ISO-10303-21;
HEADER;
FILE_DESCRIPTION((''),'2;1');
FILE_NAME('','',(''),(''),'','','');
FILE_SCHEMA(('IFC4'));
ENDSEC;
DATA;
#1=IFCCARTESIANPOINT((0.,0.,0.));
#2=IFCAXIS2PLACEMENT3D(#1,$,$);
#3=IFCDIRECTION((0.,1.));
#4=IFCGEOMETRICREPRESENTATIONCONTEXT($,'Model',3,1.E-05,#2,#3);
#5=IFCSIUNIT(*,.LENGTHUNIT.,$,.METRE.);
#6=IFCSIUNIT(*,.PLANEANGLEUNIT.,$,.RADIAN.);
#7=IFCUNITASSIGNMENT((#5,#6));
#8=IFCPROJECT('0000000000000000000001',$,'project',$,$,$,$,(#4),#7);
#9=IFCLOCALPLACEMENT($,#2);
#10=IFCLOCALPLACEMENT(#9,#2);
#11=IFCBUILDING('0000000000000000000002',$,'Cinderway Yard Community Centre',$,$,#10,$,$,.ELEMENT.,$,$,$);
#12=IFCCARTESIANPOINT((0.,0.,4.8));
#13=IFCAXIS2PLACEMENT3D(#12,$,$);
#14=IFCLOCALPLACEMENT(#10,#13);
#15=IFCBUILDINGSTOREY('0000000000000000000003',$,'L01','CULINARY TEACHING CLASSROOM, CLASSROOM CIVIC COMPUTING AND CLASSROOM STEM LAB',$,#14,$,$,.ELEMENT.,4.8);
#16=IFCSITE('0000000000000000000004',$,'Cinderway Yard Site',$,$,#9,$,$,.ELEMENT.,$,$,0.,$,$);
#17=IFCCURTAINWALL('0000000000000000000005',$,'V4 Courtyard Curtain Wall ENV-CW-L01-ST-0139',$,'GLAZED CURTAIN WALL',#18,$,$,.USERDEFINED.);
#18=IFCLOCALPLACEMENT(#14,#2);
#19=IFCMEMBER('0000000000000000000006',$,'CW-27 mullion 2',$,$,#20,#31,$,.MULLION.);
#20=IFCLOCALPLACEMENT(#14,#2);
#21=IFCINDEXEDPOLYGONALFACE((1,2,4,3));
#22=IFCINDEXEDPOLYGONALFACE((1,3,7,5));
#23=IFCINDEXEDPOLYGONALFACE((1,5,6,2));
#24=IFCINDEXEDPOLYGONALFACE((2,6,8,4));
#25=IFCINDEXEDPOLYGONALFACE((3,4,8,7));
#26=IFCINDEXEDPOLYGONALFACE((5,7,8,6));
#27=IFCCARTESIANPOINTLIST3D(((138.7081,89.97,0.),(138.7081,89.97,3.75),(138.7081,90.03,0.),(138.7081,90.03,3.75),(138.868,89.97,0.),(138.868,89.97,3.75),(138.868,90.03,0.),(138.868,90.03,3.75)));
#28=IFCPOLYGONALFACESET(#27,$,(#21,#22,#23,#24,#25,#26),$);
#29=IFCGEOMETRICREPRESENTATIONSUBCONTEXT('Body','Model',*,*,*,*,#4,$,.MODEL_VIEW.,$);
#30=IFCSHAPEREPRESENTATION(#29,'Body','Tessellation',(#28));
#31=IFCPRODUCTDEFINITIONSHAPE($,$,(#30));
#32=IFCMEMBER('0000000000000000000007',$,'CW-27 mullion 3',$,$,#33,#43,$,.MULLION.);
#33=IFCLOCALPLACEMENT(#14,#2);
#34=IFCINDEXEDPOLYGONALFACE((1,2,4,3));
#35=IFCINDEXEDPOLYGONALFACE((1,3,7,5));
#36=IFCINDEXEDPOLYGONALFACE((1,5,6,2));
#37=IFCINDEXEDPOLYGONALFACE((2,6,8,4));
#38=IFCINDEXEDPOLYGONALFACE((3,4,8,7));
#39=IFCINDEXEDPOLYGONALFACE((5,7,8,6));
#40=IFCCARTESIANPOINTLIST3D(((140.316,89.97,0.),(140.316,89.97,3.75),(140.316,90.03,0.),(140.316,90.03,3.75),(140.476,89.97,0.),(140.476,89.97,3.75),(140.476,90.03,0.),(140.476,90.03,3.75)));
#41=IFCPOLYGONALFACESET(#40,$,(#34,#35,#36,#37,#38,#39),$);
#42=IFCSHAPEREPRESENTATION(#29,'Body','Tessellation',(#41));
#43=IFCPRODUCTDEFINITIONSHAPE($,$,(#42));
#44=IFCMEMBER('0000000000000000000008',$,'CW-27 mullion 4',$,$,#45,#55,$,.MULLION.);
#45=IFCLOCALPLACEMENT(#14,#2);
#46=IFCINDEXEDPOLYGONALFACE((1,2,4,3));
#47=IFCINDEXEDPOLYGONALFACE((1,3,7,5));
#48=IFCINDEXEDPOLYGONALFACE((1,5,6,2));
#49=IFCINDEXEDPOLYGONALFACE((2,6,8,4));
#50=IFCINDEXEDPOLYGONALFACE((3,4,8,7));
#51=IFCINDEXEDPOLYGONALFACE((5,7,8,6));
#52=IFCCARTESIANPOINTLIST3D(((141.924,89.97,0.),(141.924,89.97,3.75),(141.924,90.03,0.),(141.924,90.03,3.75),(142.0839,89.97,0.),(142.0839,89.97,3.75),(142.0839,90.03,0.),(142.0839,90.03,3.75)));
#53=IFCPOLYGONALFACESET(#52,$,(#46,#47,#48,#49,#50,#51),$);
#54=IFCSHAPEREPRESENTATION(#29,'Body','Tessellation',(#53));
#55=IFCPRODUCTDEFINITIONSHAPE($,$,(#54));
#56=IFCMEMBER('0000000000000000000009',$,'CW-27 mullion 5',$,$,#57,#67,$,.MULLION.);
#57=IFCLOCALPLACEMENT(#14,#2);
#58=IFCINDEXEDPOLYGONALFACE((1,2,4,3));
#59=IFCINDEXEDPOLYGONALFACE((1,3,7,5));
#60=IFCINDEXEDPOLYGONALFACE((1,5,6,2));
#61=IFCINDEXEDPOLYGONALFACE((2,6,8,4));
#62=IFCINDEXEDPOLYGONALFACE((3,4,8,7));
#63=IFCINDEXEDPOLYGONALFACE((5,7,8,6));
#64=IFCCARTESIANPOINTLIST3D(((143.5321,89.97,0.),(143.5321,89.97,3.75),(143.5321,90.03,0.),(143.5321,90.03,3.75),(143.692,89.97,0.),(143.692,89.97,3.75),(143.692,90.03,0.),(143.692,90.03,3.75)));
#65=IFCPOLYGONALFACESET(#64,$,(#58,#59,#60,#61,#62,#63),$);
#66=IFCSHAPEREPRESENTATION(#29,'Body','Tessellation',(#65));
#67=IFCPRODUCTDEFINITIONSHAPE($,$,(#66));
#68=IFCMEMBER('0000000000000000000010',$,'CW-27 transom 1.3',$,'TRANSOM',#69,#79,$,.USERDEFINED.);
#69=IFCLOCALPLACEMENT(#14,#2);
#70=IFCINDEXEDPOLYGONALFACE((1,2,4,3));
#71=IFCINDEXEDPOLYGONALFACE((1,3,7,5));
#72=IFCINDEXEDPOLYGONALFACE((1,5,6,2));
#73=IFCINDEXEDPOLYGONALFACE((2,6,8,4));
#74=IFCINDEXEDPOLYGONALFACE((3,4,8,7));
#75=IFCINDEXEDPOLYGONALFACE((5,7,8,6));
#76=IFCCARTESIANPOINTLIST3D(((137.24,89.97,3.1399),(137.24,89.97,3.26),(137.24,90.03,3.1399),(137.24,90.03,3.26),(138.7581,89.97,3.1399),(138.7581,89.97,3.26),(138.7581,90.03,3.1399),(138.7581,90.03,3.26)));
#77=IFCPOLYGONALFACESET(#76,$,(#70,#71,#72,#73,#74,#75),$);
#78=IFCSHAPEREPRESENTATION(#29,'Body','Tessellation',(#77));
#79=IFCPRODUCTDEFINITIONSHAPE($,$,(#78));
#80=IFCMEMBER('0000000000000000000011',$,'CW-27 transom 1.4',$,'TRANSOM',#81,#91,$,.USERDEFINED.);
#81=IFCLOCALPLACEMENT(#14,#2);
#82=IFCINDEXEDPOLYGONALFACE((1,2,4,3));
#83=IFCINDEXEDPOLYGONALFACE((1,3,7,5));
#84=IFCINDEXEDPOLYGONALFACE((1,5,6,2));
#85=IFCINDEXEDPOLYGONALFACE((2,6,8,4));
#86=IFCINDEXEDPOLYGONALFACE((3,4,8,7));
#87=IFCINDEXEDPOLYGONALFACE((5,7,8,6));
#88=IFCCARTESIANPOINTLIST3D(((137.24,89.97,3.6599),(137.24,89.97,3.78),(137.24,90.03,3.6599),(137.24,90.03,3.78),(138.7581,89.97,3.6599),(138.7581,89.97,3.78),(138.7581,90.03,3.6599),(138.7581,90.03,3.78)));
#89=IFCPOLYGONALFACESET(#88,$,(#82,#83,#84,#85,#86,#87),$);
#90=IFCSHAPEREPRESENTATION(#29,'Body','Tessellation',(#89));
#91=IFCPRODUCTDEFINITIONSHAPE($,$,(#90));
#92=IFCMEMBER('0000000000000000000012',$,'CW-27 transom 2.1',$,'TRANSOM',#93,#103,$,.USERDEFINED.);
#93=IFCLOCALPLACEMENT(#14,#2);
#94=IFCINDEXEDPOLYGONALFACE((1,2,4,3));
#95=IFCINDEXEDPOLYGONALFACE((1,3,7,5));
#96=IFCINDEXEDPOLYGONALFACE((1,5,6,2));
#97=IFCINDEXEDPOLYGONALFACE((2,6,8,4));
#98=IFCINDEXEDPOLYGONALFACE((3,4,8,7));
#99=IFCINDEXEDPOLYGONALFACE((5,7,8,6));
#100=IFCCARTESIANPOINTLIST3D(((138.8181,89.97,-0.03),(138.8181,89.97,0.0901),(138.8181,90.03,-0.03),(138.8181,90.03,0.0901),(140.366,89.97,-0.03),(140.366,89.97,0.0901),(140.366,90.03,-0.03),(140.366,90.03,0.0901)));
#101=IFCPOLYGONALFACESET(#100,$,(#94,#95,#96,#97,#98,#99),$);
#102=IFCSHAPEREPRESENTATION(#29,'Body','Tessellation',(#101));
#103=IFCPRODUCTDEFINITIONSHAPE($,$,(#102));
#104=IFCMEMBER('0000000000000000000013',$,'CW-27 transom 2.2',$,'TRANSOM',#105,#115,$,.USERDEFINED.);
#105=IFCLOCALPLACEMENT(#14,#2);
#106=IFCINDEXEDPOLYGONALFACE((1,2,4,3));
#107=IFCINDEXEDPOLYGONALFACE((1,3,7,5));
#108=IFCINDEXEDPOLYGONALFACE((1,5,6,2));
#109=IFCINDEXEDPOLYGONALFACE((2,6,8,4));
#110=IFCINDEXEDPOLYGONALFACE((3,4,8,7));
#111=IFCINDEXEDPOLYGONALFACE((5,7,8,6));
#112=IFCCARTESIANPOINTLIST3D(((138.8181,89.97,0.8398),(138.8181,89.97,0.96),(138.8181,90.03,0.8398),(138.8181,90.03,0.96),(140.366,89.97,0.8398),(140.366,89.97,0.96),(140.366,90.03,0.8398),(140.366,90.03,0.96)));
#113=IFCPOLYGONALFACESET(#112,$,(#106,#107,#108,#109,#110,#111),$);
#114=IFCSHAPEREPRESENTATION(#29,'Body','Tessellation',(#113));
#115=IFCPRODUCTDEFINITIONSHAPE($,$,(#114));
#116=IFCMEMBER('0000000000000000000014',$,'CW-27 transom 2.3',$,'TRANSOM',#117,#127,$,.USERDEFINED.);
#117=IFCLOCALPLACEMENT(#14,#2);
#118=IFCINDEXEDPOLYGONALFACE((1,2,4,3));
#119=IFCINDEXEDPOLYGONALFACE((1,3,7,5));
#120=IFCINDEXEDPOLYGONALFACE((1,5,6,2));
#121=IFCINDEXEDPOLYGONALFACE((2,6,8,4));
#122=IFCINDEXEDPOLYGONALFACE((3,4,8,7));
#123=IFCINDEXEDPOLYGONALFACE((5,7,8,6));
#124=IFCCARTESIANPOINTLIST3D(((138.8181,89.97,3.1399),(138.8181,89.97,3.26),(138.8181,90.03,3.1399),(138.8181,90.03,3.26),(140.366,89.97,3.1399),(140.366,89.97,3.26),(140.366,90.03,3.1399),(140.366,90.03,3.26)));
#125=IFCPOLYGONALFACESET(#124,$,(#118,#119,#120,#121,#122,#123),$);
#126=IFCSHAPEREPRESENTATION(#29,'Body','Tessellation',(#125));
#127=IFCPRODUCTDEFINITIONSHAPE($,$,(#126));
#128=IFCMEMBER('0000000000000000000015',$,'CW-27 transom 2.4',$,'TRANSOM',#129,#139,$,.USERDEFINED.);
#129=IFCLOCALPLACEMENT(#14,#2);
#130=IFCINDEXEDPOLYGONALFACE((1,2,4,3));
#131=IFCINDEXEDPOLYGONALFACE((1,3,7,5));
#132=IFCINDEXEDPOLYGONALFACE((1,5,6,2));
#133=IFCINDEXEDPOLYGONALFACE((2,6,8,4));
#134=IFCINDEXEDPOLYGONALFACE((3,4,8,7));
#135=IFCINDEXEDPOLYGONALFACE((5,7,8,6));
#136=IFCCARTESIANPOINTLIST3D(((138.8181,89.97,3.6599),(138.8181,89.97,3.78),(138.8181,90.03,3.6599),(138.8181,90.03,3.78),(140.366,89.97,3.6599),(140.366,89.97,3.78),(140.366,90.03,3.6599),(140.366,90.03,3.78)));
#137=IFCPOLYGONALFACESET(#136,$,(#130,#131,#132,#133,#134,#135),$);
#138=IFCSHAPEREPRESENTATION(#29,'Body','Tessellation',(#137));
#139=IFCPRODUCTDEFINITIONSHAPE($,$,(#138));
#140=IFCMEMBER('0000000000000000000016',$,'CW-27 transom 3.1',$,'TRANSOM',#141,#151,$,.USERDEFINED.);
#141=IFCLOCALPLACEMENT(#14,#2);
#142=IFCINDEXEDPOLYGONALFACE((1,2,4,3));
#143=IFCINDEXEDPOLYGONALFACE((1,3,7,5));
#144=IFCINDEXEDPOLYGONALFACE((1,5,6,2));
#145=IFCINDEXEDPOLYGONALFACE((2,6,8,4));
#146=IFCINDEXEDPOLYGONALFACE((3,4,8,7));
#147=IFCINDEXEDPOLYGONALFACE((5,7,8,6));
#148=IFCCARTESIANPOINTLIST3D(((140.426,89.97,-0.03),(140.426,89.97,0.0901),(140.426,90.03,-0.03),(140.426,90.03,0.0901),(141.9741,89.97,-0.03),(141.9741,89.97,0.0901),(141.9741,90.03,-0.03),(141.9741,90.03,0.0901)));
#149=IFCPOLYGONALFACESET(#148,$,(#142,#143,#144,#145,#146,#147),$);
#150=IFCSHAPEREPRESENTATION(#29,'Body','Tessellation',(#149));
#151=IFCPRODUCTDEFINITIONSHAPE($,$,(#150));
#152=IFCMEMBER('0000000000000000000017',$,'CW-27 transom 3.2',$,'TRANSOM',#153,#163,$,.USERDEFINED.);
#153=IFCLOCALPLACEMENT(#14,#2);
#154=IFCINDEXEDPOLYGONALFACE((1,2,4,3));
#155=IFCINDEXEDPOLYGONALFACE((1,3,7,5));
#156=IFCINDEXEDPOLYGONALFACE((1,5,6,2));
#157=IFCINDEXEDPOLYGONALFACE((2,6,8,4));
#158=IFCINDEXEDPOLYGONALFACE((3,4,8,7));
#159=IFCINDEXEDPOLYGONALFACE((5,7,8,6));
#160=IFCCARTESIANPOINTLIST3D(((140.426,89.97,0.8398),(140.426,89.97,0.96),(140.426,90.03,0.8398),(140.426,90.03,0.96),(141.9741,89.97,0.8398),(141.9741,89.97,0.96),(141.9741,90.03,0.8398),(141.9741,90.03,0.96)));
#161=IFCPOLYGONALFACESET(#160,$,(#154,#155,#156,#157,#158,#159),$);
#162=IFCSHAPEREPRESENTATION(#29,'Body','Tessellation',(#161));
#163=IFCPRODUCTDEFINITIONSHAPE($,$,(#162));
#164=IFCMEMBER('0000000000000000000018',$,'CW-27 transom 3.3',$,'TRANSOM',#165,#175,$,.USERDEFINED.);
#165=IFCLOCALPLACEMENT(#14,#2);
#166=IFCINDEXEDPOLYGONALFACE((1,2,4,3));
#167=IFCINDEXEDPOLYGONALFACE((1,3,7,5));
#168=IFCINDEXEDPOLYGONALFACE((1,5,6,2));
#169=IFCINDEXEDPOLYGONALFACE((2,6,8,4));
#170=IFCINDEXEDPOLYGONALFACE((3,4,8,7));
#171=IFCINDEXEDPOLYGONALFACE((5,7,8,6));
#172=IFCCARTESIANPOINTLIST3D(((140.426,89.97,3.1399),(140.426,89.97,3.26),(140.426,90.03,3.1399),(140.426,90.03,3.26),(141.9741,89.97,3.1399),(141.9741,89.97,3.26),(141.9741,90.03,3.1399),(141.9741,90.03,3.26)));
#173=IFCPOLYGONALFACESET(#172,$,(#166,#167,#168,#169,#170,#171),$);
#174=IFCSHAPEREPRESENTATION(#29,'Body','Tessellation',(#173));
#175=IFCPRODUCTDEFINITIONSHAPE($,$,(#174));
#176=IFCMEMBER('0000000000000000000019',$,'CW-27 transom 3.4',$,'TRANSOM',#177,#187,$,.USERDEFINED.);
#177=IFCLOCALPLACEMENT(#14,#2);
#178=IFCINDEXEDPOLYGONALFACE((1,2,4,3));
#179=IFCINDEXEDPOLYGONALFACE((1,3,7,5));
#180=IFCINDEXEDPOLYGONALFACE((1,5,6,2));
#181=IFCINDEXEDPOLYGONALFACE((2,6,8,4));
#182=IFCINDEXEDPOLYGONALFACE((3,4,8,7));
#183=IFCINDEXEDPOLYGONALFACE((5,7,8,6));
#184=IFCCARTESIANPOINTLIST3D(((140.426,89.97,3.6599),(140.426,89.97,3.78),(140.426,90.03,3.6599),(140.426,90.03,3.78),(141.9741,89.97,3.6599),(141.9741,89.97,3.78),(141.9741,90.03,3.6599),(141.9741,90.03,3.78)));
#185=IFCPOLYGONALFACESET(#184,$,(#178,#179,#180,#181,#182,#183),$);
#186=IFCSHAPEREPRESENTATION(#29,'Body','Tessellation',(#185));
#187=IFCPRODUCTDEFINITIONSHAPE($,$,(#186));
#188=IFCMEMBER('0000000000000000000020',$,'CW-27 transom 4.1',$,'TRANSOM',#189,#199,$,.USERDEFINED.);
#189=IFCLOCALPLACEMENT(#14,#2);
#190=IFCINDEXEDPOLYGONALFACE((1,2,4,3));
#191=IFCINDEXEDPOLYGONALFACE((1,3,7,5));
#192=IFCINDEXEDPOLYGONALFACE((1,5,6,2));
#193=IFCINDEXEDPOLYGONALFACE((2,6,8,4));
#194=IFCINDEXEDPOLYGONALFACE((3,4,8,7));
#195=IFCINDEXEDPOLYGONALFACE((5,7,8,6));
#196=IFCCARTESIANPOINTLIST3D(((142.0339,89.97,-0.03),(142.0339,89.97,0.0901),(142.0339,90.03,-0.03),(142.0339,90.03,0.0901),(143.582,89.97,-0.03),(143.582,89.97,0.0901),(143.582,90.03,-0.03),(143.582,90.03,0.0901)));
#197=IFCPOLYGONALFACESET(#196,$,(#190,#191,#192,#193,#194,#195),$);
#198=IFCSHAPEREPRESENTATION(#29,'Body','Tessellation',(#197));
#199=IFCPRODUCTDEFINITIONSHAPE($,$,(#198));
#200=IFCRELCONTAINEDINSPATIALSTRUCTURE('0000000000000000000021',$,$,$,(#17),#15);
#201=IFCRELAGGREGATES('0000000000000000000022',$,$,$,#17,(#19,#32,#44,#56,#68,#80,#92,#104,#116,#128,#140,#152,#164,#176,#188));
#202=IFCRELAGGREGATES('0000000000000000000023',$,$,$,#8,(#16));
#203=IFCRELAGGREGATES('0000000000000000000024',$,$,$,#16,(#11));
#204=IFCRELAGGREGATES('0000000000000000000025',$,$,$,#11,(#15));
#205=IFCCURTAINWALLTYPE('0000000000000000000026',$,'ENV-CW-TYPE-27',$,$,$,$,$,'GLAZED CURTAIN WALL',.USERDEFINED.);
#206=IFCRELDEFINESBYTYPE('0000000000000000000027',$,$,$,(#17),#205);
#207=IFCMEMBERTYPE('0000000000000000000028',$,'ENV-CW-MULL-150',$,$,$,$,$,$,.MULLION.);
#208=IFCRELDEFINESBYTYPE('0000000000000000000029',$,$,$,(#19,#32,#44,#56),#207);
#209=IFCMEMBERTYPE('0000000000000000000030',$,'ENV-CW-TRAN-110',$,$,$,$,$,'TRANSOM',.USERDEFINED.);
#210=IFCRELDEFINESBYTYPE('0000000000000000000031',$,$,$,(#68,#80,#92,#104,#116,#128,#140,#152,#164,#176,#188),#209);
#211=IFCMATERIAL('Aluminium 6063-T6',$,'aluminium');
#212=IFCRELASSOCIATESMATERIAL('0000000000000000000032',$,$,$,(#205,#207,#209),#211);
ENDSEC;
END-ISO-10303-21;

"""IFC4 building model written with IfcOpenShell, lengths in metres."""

from ifc_helpers import new_model, si_unit, direction, frame, origin, origin_2d, place, context, subcontext, project, spatial, rectangle, extrude, material, material_profile, profile_set, type_object, element, aggregate, save


model = new_model("IFC4")

# Units and contexts
model_context = context("Model", 3, precision=1e-05, world=origin(), true_north=direction((0.0, 1.0)))
body_context = subcontext(model_context, "Body", "Model", "MODEL_VIEW")
ifc_project = project(units=[si_unit("LENGTHUNIT", "METRE"), si_unit("PLANEANGLEUNIT", "RADIAN")], contexts=[model_context])

# Site, building, storey
site_placement = place(None, origin())
site = spatial("IfcSite", under=ifc_project, at=site_placement, Name="Cinderway Yard Site", CompositionType="ELEMENT", RefElevation=0.0)
building_placement = place(site_placement, origin())
building = spatial("IfcBuilding", under=site, at=building_placement, Name="Cinderway Yard Community Centre", CompositionType="ELEMENT")
storey_placement = place(building_placement, frame((0.0, 0.0, 4.8)))
storey = spatial("IfcBuildingStorey", under=building, at=storey_placement, Name="L01", Description="CULINARY TEACHING CLASSROOM, CLASSROOM CIVIC COMPUTING AND CLASSROOM STEM LAB", CompositionType="ELEMENT", Elevation=4.8)

# Curtain wall, members
ifc_material_1 = material(Name="Aluminium 6063-T6", Category="aluminium")
curtain_wall_type = type_object("IfcCurtainWallType", Name="ENV-CW-TYPE-27", ElementType="GLAZED CURTAIN WALL", PredefinedType="USERDEFINED", material=ifc_material_1)
curtain_wall_placement = place(storey_placement, origin())
curtain_wall = element("IfcCurtainWall", 1, at=curtain_wall_placement, inside=storey, type_object=curtain_wall_type, Name="V4 Courtyard Curtain Wall ENV-CW-L01-ST-0139", ObjectType="GLAZED CURTAIN WALL", PredefinedType="USERDEFINED")
ifc_material_profile_1 = material_profile(ifc_material_1, rectangle(XDim=0.0601, YDim=0.1599, at=origin_2d()), Name="Aluminium 6063-T6")
ifc_profile_set_1 = profile_set([ifc_material_profile_1], Name="Aluminium 6063-T6")
member_type_1 = type_object("IfcMemberType", Name="ENV-CW-MULL-150", PredefinedType="MULLION", material=ifc_profile_set_1)
member_1_placement = place(storey_placement, frame((138.7881, 90.0, 0.0), z_axis=(0.0, 0.0, 1.0), x_axis=(0.0, 1.0, 0.0)))
member_1 = element("IfcMember", 2, at=member_1_placement, type_object=member_type_1, Name="CW-27 mullion 2", PredefinedType="MULLION", context=body_context, shape_type="SweptSolid", body=[
    extrude(rectangle(XDim=0.0601, YDim=0.1599, at=origin_2d()), origin(), (0.0, 0.0, 1.0), 3.75),
])
member_2_placement = place(storey_placement, frame((140.396, 90.0, 0.0), z_axis=(0.0, 0.0, 1.0), x_axis=(0.0, 1.0, 0.0)))
member_2 = element("IfcMember", 3, at=member_2_placement, type_object=member_type_1, Name="CW-27 mullion 3", PredefinedType="MULLION", context=body_context, shape_type="SweptSolid", body=[
    extrude(rectangle(XDim=0.0601, YDim=0.1599, at=origin_2d()), origin(), (0.0, 0.0, 1.0), 3.75),
])
member_3_placement = place(storey_placement, frame((142.0039, 90.0, 0.0), z_axis=(0.0, 0.0, 1.0), x_axis=(0.0, 1.0, 0.0)))
member_3 = element("IfcMember", 4, at=member_3_placement, type_object=member_type_1, Name="CW-27 mullion 4", PredefinedType="MULLION", context=body_context, shape_type="SweptSolid", body=[
    extrude(rectangle(XDim=0.0601, YDim=0.1599, at=origin_2d()), origin(), (0.0, 0.0, 1.0), 3.75),
])
member_4_placement = place(storey_placement, frame((143.6121, 90.0, 0.0), z_axis=(0.0, 0.0, 1.0), x_axis=(0.0, 1.0, 0.0)))
member_4 = element("IfcMember", 5, at=member_4_placement, type_object=member_type_1, Name="CW-27 mullion 5", PredefinedType="MULLION", context=body_context, shape_type="SweptSolid", body=[
    extrude(rectangle(XDim=0.0601, YDim=0.1599, at=origin_2d()), origin(), (0.0, 0.0, 1.0), 3.75),
])
ifc_material_profile_2 = material_profile(ifc_material_1, rectangle(XDim=0.0601, YDim=0.1201, at=origin_2d()), Name="Aluminium 6063-T6")
ifc_profile_set_2 = profile_set([ifc_material_profile_2], Name="Aluminium 6063-T6")
member_type_2 = type_object("IfcMemberType", Name="ENV-CW-TRAN-110", ElementType="TRANSOM", PredefinedType="USERDEFINED", material=ifc_profile_set_2)
member_5_placement = place(storey_placement, frame((137.24, 90.0, 3.2), z_axis=(1.0, 0.0, 0.0), x_axis=(0.0, 1.0, 0.0)))
member_5 = element("IfcMember", 6, at=member_5_placement, type_object=member_type_2, Name="CW-27 transom 1.3", ObjectType="TRANSOM", PredefinedType="USERDEFINED", context=body_context, shape_type="SweptSolid", body=[
    extrude(rectangle(XDim=0.0601, YDim=0.1201, at=origin_2d()), origin(), (0.0, 0.0, 1.0), 1.5181),
])
member_6_placement = place(storey_placement, frame((137.24, 90.0, 3.72), z_axis=(1.0, 0.0, 0.0), x_axis=(0.0, 1.0, 0.0)))
member_6 = element("IfcMember", 7, at=member_6_placement, type_object=member_type_2, Name="CW-27 transom 1.4", ObjectType="TRANSOM", PredefinedType="USERDEFINED", context=body_context, shape_type="SweptSolid", body=[
    extrude(rectangle(XDim=0.0601, YDim=0.1201, at=origin_2d()), origin(), (0.0, 0.0, 1.0), 1.5181),
])
member_7_placement = place(storey_placement, frame((138.8181, 90.0, 0.03), z_axis=(1.0, 0.0, 0.0), x_axis=(0.0, 1.0, 0.0)))
member_7 = element("IfcMember", 8, at=member_7_placement, type_object=member_type_2, Name="CW-27 transom 2.1", ObjectType="TRANSOM", PredefinedType="USERDEFINED", context=body_context, shape_type="SweptSolid", body=[
    extrude(rectangle(XDim=0.0601, YDim=0.1201, at=origin_2d()), origin(), (0.0, 0.0, 1.0), 1.5479),
])
member_8_placement = place(storey_placement, frame((138.8181, 90.0, 0.8999), z_axis=(1.0, 0.0, 0.0), x_axis=(0.0, 1.0, 0.0)))
member_8 = element("IfcMember", 9, at=member_8_placement, type_object=member_type_2, Name="CW-27 transom 2.2", ObjectType="TRANSOM", PredefinedType="USERDEFINED", context=body_context, shape_type="SweptSolid", body=[
    extrude(rectangle(XDim=0.0601, YDim=0.1201, at=origin_2d()), origin(), (0.0, 0.0, 1.0), 1.5479),
])
member_9_placement = place(storey_placement, frame((138.8181, 90.0, 3.2), z_axis=(1.0, 0.0, 0.0), x_axis=(0.0, 1.0, 0.0)))
member_9 = element("IfcMember", 10, at=member_9_placement, type_object=member_type_2, Name="CW-27 transom 2.3", ObjectType="TRANSOM", PredefinedType="USERDEFINED", context=body_context, shape_type="SweptSolid", body=[
    extrude(rectangle(XDim=0.0601, YDim=0.1201, at=origin_2d()), origin(), (0.0, 0.0, 1.0), 1.5479),
])
member_10_placement = place(storey_placement, frame((138.8181, 90.0, 3.72), z_axis=(1.0, 0.0, 0.0), x_axis=(0.0, 1.0, 0.0)))
member_10 = element("IfcMember", 11, at=member_10_placement, type_object=member_type_2, Name="CW-27 transom 2.4", ObjectType="TRANSOM", PredefinedType="USERDEFINED", context=body_context, shape_type="SweptSolid", body=[
    extrude(rectangle(XDim=0.0601, YDim=0.1201, at=origin_2d()), origin(), (0.0, 0.0, 1.0), 1.5479),
])
member_11_placement = place(storey_placement, frame((140.426, 90.0, 0.03), z_axis=(1.0, 0.0, 0.0), x_axis=(0.0, 1.0, 0.0)))
member_11 = element("IfcMember", 12, at=member_11_placement, type_object=member_type_2, Name="CW-27 transom 3.1", ObjectType="TRANSOM", PredefinedType="USERDEFINED", context=body_context, shape_type="SweptSolid", body=[
    extrude(rectangle(XDim=0.0601, YDim=0.1201, at=origin_2d()), origin(), (0.0, 0.0, 1.0), 1.5481),
])
member_12_placement = place(storey_placement, frame((140.426, 90.0, 0.8999), z_axis=(1.0, 0.0, 0.0), x_axis=(0.0, 1.0, 0.0)))
member_12 = element("IfcMember", 13, at=member_12_placement, type_object=member_type_2, Name="CW-27 transom 3.2", ObjectType="TRANSOM", PredefinedType="USERDEFINED", context=body_context, shape_type="SweptSolid", body=[
    extrude(rectangle(XDim=0.0601, YDim=0.1201, at=origin_2d()), origin(), (0.0, 0.0, 1.0), 1.5481),
])
member_13_placement = place(storey_placement, frame((140.426, 90.0, 3.2), z_axis=(1.0, 0.0, 0.0), x_axis=(0.0, 1.0, 0.0)))
member_13 = element("IfcMember", 14, at=member_13_placement, type_object=member_type_2, Name="CW-27 transom 3.3", ObjectType="TRANSOM", PredefinedType="USERDEFINED", context=body_context, shape_type="SweptSolid", body=[
    extrude(rectangle(XDim=0.0601, YDim=0.1201, at=origin_2d()), origin(), (0.0, 0.0, 1.0), 1.5481),
])
member_14_placement = place(storey_placement, frame((140.426, 90.0, 3.72), z_axis=(1.0, 0.0, 0.0), x_axis=(0.0, 1.0, 0.0)))
member_14 = element("IfcMember", 15, at=member_14_placement, type_object=member_type_2, Name="CW-27 transom 3.4", ObjectType="TRANSOM", PredefinedType="USERDEFINED", context=body_context, shape_type="SweptSolid", body=[
    extrude(rectangle(XDim=0.0601, YDim=0.1201, at=origin_2d()), origin(), (0.0, 0.0, 1.0), 1.5481),
])
member_15_placement = place(storey_placement, frame((142.0339, 90.0, 0.03), z_axis=(1.0, 0.0, 0.0), x_axis=(0.0, 1.0, 0.0)))
member_15 = element("IfcMember", 16, at=member_15_placement, type_object=member_type_2, Name="CW-27 transom 4.1", ObjectType="TRANSOM", PredefinedType="USERDEFINED", context=body_context, shape_type="SweptSolid", body=[
    extrude(rectangle(XDim=0.0601, YDim=0.1201, at=origin_2d()), origin(), (0.0, 0.0, 1.0), 1.5481),
])
aggregate(curtain_wall, [member_1, member_2, member_3, member_4, member_5, member_6, member_7, member_8, member_9, member_10, member_11, member_12, member_13, member_14, member_15])

save(model, "model.ifc")
